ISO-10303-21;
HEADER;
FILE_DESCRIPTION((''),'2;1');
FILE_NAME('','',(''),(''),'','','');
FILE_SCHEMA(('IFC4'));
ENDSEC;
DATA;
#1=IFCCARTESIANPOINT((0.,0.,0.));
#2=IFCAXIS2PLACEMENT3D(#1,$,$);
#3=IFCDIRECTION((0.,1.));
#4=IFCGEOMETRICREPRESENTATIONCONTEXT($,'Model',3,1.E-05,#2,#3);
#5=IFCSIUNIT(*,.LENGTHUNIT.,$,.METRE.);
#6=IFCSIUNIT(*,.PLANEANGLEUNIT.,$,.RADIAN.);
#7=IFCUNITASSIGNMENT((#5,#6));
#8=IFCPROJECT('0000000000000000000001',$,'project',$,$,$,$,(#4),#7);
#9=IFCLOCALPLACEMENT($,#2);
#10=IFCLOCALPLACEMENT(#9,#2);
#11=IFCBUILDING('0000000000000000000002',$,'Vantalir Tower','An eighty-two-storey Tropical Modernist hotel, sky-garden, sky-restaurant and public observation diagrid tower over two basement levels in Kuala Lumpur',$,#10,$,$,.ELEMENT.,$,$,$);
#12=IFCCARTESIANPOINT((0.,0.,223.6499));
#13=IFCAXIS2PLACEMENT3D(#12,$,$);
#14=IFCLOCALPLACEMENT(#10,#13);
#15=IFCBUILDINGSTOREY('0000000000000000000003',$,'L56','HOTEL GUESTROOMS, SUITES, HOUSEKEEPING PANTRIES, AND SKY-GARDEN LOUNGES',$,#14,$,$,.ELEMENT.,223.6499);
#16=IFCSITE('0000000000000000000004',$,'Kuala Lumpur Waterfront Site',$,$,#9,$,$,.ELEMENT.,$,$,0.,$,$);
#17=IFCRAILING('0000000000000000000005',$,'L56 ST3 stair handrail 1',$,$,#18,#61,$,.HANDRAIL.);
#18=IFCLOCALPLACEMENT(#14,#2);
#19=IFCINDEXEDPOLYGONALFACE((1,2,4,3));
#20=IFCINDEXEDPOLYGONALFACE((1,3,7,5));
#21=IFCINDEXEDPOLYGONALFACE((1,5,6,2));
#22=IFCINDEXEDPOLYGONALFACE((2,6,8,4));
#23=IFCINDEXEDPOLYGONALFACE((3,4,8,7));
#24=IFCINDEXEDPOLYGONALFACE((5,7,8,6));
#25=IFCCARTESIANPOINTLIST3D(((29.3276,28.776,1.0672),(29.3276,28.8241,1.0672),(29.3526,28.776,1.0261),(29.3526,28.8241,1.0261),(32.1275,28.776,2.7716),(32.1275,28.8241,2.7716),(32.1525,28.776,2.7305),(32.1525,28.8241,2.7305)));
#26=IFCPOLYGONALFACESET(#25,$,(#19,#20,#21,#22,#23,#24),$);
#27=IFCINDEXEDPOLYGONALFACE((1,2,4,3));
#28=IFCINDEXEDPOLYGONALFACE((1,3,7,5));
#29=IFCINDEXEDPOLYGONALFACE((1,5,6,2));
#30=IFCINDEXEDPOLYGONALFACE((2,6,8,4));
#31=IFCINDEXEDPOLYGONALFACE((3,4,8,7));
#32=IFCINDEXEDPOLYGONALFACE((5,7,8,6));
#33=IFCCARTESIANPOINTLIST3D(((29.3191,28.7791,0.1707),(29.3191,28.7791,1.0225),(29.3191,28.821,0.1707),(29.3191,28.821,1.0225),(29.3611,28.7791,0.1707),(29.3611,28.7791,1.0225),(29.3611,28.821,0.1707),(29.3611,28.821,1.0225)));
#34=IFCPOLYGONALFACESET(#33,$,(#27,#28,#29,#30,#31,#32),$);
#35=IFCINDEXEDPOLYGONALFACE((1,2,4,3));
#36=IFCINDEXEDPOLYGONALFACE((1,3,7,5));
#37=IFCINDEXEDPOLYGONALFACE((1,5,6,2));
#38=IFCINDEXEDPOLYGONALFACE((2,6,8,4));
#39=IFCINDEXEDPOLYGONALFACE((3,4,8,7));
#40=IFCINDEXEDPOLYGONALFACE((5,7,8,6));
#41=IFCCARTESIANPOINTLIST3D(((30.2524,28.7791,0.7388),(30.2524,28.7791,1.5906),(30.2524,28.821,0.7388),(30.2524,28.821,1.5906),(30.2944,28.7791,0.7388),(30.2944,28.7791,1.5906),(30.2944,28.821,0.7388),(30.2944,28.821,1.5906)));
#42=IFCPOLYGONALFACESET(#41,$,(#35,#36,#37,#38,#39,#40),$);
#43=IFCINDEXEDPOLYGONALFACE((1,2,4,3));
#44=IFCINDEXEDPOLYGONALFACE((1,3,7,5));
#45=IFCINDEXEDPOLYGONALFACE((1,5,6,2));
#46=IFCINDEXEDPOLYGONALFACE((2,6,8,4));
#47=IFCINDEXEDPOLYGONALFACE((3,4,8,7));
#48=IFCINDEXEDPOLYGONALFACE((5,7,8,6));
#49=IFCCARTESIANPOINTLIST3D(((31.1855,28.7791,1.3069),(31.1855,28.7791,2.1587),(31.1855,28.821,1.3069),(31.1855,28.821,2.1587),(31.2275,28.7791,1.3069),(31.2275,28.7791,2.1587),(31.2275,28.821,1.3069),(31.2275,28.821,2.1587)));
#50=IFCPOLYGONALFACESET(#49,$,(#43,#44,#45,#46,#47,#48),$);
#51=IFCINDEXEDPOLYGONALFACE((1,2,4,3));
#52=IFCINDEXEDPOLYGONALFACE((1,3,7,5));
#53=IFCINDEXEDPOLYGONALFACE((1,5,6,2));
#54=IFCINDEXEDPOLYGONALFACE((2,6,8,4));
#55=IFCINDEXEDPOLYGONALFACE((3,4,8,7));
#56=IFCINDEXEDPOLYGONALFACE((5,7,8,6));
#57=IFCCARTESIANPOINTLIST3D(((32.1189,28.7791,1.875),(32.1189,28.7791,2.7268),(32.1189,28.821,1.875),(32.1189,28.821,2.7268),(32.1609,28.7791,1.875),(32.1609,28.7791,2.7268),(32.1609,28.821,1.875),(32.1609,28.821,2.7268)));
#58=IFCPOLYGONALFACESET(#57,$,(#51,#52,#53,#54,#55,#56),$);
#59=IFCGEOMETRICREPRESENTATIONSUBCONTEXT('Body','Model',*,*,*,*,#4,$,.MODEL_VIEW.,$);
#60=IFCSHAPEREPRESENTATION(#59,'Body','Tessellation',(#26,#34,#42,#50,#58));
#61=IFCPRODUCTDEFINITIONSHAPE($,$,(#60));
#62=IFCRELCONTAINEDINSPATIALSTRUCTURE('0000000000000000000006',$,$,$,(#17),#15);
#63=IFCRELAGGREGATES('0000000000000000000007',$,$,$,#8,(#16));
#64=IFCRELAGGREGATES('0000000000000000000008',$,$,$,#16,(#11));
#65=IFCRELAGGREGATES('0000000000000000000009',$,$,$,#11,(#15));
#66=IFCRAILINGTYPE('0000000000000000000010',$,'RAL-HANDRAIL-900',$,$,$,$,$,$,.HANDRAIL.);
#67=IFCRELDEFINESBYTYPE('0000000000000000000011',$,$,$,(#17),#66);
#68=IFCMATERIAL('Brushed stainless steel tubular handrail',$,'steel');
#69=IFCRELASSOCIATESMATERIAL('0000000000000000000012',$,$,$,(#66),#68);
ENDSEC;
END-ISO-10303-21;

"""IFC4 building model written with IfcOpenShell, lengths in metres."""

from ifc_helpers import new_model, si_unit, direction, frame, origin, origin_2d, place, context, subcontext, project, spatial, rectangle, extrude, material, type_object, element, save


model = new_model("IFC4")

# Units and contexts
model_context = context("Model", 3, precision=1e-05, world=origin(), true_north=direction((0.0, 1.0)))
body_context = subcontext(model_context, "Body", "Model", "MODEL_VIEW")
ifc_project = project(units=[si_unit("LENGTHUNIT", "METRE"), si_unit("PLANEANGLEUNIT", "RADIAN")], contexts=[model_context])

# Site, building, storey
site_placement = place(None, origin())
site = spatial("IfcSite", under=ifc_project, at=site_placement, Name="Kuala Lumpur Waterfront Site", CompositionType="ELEMENT", RefElevation=0.0)
building_placement = place(site_placement, origin())
building = spatial("IfcBuilding", under=site, at=building_placement, Name="Vantalir Tower", Description="An eighty-two-storey Tropical Modernist hotel, sky-garden, sky-restaurant and public observation diagrid tower over two basement levels in Kuala Lumpur", CompositionType="ELEMENT")
storey_placement = place(building_placement, frame((0.0, 0.0, 223.6499)))
storey = spatial("IfcBuildingStorey", under=building, at=storey_placement, Name="L56", Description="HOTEL GUESTROOMS, SUITES, HOUSEKEEPING PANTRIES, AND SKY-GARDEN LOUNGES", CompositionType="ELEMENT", Elevation=223.6499)

# Railing
ifc_material_1 = material(Name="Brushed stainless steel tubular handrail", Category="steel")
railing_type_1 = type_object("IfcRailingType", Name="RAL-HANDRAIL-900", PredefinedType="HANDRAIL", material=ifc_material_1)
railing_1_placement = place(storey_placement, frame((29.3401, 28.8, 0.1707)))
element("IfcRailing", 1, at=railing_1_placement, inside=storey, type_object=railing_type_1, Name="L56 ST3 stair handrail 1", PredefinedType="HANDRAIL", context=body_context, shape_type="SweptSolid", body=[
    extrude(rectangle(XDim=0.0481, YDim=0.0481, at=origin_2d()), frame((0.0, 0.0, 0.876), z_axis=(0.854183, 0.0, 0.519973), x_axis=(0.0, 1.0, 0.0)), (0.0, 0.0, 1.0), 3.2778),
    extrude(rectangle(XDim=0.042, YDim=0.042, at=origin_2d()), origin(), (0.0, 0.0, 1.0), 0.8518),
    extrude(rectangle(XDim=0.042, YDim=0.042, at=origin_2d()), frame((0.9333, 0.0, 0.5681)), (0.0, 0.0, 1.0), 0.8518),
    extrude(rectangle(XDim=0.042, YDim=0.042, at=origin_2d()), frame((1.8665, 0.0, 1.1362)), (0.0, 0.0, 1.0), 0.8518),
    extrude(rectangle(XDim=0.042, YDim=0.042, at=origin_2d()), frame((2.7998, 0.0, 1.7043)), (0.0, 0.0, 1.0), 0.8518),
])

save(model, "model.ifc")
